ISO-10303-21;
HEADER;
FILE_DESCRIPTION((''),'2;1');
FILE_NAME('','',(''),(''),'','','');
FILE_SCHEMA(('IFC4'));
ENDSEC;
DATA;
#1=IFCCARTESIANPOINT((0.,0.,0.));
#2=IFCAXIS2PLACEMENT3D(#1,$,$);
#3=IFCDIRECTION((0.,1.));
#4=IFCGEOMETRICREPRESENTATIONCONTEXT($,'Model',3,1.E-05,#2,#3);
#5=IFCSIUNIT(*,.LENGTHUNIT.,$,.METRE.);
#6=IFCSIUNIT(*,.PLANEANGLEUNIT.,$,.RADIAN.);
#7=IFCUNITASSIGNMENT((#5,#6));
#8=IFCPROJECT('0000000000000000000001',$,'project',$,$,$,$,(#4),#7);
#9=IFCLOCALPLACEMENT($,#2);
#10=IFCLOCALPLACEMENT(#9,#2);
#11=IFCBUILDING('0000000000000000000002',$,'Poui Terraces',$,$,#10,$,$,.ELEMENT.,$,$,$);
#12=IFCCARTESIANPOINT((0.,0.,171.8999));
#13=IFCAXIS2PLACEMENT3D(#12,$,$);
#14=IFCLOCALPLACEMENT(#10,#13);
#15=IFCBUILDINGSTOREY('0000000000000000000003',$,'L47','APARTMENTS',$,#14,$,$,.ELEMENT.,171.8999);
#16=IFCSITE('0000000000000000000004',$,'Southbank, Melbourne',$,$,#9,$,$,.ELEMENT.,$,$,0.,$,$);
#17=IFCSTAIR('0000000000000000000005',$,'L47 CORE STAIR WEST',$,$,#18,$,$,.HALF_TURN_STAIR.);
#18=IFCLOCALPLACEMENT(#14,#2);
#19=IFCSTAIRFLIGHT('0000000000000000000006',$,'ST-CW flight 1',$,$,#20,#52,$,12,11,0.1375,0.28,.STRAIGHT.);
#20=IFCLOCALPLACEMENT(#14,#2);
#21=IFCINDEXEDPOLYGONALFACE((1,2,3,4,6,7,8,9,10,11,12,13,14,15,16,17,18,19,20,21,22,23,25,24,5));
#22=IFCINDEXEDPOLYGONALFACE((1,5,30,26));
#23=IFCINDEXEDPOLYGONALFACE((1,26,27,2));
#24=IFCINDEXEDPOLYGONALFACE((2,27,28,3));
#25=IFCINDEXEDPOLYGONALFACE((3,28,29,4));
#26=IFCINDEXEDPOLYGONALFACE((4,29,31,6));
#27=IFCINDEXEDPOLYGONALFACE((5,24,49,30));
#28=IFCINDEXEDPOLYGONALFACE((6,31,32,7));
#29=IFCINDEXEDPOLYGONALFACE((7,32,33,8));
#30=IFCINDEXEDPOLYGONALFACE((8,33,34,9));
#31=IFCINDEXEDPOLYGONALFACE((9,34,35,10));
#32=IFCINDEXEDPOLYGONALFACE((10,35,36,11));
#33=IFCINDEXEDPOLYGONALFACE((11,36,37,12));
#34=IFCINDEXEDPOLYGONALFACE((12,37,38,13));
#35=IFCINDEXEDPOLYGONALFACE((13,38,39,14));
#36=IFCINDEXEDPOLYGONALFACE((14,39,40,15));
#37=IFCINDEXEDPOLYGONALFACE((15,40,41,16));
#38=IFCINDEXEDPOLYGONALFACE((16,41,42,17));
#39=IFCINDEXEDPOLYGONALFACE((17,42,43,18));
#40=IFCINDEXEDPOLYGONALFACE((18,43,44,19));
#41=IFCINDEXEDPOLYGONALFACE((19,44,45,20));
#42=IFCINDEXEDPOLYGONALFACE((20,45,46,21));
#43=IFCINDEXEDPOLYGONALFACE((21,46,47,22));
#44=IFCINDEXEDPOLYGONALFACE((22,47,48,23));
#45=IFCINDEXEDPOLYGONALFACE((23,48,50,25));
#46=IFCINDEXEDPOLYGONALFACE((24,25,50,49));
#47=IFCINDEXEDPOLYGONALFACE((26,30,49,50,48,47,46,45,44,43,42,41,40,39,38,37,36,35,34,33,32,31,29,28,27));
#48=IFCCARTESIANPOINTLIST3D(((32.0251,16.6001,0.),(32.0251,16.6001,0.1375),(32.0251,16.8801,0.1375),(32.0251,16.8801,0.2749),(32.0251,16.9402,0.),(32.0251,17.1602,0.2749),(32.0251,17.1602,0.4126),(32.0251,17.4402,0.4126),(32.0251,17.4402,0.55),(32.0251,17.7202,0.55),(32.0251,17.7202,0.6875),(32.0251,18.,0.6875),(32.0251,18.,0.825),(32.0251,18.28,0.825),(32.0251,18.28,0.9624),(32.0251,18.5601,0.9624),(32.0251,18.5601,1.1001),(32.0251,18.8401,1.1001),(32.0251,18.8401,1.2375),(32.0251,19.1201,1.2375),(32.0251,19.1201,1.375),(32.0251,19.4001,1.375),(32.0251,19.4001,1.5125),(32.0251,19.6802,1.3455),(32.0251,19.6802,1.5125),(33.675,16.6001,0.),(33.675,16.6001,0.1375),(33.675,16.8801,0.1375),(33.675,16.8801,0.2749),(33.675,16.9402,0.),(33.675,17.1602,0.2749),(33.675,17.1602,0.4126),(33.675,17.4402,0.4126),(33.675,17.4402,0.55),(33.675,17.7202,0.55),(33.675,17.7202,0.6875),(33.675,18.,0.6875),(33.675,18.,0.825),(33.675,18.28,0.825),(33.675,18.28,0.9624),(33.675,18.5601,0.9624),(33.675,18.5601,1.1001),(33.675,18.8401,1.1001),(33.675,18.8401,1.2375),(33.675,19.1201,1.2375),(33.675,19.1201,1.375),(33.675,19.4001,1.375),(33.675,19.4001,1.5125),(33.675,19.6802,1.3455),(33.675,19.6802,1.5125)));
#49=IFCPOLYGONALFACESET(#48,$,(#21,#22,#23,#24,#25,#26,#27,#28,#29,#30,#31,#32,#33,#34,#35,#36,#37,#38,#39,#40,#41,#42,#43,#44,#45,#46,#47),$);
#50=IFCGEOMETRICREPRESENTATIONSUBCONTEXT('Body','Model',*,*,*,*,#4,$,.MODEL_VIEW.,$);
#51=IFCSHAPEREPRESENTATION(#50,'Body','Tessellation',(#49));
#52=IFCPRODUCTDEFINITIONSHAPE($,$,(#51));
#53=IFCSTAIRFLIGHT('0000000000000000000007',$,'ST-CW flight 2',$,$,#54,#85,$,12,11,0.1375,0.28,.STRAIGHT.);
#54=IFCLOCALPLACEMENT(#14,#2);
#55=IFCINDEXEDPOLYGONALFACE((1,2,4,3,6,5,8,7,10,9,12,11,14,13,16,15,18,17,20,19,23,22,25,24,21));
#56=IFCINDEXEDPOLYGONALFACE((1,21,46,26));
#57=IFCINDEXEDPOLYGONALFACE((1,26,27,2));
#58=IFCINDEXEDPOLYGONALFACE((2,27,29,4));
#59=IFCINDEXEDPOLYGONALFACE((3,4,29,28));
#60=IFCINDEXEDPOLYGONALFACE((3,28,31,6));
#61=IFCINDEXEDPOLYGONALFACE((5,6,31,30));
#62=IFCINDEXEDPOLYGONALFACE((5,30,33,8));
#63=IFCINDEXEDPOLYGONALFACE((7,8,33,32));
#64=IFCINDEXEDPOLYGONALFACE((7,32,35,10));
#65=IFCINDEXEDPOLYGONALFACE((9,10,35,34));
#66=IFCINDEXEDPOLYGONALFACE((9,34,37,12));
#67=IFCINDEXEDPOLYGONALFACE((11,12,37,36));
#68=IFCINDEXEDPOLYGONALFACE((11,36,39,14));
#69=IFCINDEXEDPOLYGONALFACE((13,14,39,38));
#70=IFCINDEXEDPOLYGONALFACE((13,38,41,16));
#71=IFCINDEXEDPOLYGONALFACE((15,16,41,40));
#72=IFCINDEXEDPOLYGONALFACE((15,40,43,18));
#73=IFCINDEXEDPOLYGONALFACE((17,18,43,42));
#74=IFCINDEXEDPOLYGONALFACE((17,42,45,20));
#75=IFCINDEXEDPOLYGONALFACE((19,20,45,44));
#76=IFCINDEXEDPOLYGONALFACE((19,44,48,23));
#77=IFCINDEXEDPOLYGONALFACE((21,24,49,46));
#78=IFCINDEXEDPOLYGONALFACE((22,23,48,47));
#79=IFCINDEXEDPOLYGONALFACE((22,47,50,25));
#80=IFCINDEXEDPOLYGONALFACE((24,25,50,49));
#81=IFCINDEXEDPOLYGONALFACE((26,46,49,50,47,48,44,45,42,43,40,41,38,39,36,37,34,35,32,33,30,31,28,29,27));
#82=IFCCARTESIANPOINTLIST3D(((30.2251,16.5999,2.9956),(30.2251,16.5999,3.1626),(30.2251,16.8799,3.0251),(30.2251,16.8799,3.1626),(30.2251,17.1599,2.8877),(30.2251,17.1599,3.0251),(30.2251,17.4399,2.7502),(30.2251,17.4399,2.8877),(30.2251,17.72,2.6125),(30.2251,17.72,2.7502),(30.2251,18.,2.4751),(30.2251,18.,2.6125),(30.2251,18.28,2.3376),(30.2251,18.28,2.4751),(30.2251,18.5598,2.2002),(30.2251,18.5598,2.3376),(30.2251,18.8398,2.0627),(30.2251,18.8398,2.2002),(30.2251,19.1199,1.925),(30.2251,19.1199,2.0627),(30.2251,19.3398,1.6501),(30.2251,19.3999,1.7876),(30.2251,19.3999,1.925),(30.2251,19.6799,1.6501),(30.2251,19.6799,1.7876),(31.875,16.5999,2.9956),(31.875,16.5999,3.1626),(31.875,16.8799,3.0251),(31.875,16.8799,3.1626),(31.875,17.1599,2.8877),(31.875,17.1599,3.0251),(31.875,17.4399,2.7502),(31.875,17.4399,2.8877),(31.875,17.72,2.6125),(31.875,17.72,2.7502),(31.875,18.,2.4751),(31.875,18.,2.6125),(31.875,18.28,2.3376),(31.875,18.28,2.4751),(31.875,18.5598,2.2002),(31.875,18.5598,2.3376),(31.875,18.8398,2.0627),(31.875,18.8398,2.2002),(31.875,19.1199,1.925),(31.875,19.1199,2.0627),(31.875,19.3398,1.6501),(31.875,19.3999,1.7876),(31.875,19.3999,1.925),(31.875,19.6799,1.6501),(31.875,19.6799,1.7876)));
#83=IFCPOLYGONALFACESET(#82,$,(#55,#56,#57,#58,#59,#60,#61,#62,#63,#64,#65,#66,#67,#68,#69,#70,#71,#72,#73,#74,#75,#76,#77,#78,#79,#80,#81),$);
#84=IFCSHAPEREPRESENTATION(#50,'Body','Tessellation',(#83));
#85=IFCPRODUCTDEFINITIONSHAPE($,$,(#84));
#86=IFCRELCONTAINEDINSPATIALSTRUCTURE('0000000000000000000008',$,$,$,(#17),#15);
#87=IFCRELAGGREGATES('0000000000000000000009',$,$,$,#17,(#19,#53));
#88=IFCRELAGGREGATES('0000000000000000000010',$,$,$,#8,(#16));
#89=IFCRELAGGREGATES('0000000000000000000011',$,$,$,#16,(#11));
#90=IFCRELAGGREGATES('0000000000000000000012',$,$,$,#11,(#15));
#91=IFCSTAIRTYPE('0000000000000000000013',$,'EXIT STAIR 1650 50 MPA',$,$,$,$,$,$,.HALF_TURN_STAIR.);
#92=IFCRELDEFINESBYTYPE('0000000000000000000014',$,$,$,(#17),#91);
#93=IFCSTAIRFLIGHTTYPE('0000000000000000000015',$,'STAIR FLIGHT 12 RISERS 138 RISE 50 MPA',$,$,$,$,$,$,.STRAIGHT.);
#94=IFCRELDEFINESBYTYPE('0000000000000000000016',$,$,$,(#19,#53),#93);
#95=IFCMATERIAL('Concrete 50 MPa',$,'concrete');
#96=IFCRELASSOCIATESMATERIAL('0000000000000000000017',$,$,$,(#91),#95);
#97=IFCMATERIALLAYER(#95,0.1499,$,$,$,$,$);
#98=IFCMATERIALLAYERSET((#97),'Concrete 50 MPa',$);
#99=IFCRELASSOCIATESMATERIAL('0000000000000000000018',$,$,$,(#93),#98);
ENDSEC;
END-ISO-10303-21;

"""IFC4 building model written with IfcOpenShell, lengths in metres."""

from ifc_helpers import new_model, si_unit, direction, frame, origin, place, context, subcontext, project, spatial, polyline, outline, extrude, material, layer, layer_set, type_object, element, aggregate, save


model = new_model("IFC4")

# Units and contexts
model_context = context("Model", 3, precision=1e-05, world=origin(), true_north=direction((0.0, 1.0)))
body_context = subcontext(model_context, "Body", "Model", "MODEL_VIEW")
ifc_project = project(units=[si_unit("LENGTHUNIT", "METRE"), si_unit("PLANEANGLEUNIT", "RADIAN")], contexts=[model_context])

# Site, building, storey
site_placement = place(None, origin())
site = spatial("IfcSite", under=ifc_project, at=site_placement, Name="Southbank, Melbourne", CompositionType="ELEMENT", RefElevation=0.0)
building_placement = place(site_placement, origin())
building = spatial("IfcBuilding", under=site, at=building_placement, Name="Poui Terraces", CompositionType="ELEMENT")
storey_placement = place(building_placement, frame((0.0, 0.0, 171.8999)))
storey = spatial("IfcBuildingStorey", under=building, at=storey_placement, Name="L47", Description="APARTMENTS", CompositionType="ELEMENT", Elevation=171.8999)

# Shared definitions
ifc_material_1 = material(Name="Concrete 50 MPa", Category="concrete")

# Stair, stair flights
stair_type = type_object("IfcStairType", Name="EXIT STAIR 1650 50 MPA", PredefinedType="HALF_TURN_STAIR", material=ifc_material_1)
stair_placement = place(storey_placement, origin())
stair = element("IfcStair", 1, at=stair_placement, inside=storey, type_object=stair_type, Name="L47 CORE STAIR WEST", PredefinedType="HALF_TURN_STAIR")
ifc_layer_1 = layer(ifc_material_1, 0.1499)
ifc_layer_set_1 = layer_set([ifc_layer_1], Name="Concrete 50 MPa")
stair_flight_type = type_object("IfcStairFlightType", Name="STAIR FLIGHT 12 RISERS 138 RISE 50 MPA", PredefinedType="STRAIGHT", material=ifc_layer_set_1)
stair_flight_1_placement = place(storey_placement, frame((32.8501, 16.6001, 0.0), z_axis=(0.0, 0.0, 1.0), x_axis=(0.0, 1.0, 0.0)))
stair_flight_1 = element("IfcStairFlight", 2, at=stair_flight_1_placement, type_object=stair_flight_type, Name="ST-CW flight 1", NumberOfRisers=12, NumberOfTreads=11, PredefinedType="STRAIGHT", RiserHeight=0.1375, TreadLength=0.28, context=body_context, shape_type="SweptSolid", body=[
    extrude(outline(polyline([(0.0, 0.0), (0.0, 0.1375), (0.28, 0.1375), (0.28, 0.2749), (0.5601, 0.2749), (0.5601, 0.4126), (0.8401, 0.4126), (0.8401, 0.55), (1.1201, 0.55), (1.1201, 0.6875), (1.3999, 0.6875), (1.3999, 0.825), (1.6799, 0.825), (1.6799, 0.9624), (1.96, 0.9624), (1.96, 1.1001), (2.24, 1.1001), (2.24, 1.2375), (2.52, 1.2375), (2.52, 1.375), (2.8, 1.375), (2.8, 1.5125), (3.0801, 1.5125), (3.0801, 1.6499), (3.0801, 1.3455), (0.3401, 0.0), (0.0, 0.0)])), frame((0.0, 0.825, 0.0), z_axis=(0.0, -1.0, 0.0), x_axis=(1.0, 0.0, 0.0)), (0.0, 0.0, 1.0), 1.6499),
])
stair_flight_2_placement = place(storey_placement, frame((31.05, 19.6799, 1.6501), z_axis=(0.0, 0.0, 1.0), x_axis=(0.0, -1.0, 0.0)))
stair_flight_2 = element("IfcStairFlight", 3, at=stair_flight_2_placement, type_object=stair_flight_type, Name="ST-CW flight 2", NumberOfRisers=12, NumberOfTreads=11, PredefinedType="STRAIGHT", RiserHeight=0.1375, TreadLength=0.28, context=body_context, shape_type="SweptSolid", body=[
    extrude(outline(polyline([(0.0, 0.0), (0.0, 0.1375), (0.28, 0.1375), (0.28, 0.2749), (0.5601, 0.2749), (0.5601, 0.4126), (0.8401, 0.4126), (0.8401, 0.55), (1.1201, 0.55), (1.1201, 0.6875), (1.3999, 0.6875), (1.3999, 0.825), (1.6799, 0.825), (1.6799, 0.9624), (1.96, 0.9624), (1.96, 1.1001), (2.24, 1.1001), (2.24, 1.2375), (2.52, 1.2375), (2.52, 1.375), (2.8, 1.375), (2.8, 1.5125), (3.0801, 1.5125), (3.0801, 1.6499), (3.0801, 1.3455), (0.3401, 0.0), (0.0, 0.0)])), frame((0.0, 0.825, 0.0), z_axis=(0.0, -1.0, 0.0), x_axis=(1.0, 0.0, 0.0)), (0.0, 0.0, 1.0), 1.6499),
])
aggregate(stair, [stair_flight_1, stair_flight_2])

save(model, "model.ifc")
